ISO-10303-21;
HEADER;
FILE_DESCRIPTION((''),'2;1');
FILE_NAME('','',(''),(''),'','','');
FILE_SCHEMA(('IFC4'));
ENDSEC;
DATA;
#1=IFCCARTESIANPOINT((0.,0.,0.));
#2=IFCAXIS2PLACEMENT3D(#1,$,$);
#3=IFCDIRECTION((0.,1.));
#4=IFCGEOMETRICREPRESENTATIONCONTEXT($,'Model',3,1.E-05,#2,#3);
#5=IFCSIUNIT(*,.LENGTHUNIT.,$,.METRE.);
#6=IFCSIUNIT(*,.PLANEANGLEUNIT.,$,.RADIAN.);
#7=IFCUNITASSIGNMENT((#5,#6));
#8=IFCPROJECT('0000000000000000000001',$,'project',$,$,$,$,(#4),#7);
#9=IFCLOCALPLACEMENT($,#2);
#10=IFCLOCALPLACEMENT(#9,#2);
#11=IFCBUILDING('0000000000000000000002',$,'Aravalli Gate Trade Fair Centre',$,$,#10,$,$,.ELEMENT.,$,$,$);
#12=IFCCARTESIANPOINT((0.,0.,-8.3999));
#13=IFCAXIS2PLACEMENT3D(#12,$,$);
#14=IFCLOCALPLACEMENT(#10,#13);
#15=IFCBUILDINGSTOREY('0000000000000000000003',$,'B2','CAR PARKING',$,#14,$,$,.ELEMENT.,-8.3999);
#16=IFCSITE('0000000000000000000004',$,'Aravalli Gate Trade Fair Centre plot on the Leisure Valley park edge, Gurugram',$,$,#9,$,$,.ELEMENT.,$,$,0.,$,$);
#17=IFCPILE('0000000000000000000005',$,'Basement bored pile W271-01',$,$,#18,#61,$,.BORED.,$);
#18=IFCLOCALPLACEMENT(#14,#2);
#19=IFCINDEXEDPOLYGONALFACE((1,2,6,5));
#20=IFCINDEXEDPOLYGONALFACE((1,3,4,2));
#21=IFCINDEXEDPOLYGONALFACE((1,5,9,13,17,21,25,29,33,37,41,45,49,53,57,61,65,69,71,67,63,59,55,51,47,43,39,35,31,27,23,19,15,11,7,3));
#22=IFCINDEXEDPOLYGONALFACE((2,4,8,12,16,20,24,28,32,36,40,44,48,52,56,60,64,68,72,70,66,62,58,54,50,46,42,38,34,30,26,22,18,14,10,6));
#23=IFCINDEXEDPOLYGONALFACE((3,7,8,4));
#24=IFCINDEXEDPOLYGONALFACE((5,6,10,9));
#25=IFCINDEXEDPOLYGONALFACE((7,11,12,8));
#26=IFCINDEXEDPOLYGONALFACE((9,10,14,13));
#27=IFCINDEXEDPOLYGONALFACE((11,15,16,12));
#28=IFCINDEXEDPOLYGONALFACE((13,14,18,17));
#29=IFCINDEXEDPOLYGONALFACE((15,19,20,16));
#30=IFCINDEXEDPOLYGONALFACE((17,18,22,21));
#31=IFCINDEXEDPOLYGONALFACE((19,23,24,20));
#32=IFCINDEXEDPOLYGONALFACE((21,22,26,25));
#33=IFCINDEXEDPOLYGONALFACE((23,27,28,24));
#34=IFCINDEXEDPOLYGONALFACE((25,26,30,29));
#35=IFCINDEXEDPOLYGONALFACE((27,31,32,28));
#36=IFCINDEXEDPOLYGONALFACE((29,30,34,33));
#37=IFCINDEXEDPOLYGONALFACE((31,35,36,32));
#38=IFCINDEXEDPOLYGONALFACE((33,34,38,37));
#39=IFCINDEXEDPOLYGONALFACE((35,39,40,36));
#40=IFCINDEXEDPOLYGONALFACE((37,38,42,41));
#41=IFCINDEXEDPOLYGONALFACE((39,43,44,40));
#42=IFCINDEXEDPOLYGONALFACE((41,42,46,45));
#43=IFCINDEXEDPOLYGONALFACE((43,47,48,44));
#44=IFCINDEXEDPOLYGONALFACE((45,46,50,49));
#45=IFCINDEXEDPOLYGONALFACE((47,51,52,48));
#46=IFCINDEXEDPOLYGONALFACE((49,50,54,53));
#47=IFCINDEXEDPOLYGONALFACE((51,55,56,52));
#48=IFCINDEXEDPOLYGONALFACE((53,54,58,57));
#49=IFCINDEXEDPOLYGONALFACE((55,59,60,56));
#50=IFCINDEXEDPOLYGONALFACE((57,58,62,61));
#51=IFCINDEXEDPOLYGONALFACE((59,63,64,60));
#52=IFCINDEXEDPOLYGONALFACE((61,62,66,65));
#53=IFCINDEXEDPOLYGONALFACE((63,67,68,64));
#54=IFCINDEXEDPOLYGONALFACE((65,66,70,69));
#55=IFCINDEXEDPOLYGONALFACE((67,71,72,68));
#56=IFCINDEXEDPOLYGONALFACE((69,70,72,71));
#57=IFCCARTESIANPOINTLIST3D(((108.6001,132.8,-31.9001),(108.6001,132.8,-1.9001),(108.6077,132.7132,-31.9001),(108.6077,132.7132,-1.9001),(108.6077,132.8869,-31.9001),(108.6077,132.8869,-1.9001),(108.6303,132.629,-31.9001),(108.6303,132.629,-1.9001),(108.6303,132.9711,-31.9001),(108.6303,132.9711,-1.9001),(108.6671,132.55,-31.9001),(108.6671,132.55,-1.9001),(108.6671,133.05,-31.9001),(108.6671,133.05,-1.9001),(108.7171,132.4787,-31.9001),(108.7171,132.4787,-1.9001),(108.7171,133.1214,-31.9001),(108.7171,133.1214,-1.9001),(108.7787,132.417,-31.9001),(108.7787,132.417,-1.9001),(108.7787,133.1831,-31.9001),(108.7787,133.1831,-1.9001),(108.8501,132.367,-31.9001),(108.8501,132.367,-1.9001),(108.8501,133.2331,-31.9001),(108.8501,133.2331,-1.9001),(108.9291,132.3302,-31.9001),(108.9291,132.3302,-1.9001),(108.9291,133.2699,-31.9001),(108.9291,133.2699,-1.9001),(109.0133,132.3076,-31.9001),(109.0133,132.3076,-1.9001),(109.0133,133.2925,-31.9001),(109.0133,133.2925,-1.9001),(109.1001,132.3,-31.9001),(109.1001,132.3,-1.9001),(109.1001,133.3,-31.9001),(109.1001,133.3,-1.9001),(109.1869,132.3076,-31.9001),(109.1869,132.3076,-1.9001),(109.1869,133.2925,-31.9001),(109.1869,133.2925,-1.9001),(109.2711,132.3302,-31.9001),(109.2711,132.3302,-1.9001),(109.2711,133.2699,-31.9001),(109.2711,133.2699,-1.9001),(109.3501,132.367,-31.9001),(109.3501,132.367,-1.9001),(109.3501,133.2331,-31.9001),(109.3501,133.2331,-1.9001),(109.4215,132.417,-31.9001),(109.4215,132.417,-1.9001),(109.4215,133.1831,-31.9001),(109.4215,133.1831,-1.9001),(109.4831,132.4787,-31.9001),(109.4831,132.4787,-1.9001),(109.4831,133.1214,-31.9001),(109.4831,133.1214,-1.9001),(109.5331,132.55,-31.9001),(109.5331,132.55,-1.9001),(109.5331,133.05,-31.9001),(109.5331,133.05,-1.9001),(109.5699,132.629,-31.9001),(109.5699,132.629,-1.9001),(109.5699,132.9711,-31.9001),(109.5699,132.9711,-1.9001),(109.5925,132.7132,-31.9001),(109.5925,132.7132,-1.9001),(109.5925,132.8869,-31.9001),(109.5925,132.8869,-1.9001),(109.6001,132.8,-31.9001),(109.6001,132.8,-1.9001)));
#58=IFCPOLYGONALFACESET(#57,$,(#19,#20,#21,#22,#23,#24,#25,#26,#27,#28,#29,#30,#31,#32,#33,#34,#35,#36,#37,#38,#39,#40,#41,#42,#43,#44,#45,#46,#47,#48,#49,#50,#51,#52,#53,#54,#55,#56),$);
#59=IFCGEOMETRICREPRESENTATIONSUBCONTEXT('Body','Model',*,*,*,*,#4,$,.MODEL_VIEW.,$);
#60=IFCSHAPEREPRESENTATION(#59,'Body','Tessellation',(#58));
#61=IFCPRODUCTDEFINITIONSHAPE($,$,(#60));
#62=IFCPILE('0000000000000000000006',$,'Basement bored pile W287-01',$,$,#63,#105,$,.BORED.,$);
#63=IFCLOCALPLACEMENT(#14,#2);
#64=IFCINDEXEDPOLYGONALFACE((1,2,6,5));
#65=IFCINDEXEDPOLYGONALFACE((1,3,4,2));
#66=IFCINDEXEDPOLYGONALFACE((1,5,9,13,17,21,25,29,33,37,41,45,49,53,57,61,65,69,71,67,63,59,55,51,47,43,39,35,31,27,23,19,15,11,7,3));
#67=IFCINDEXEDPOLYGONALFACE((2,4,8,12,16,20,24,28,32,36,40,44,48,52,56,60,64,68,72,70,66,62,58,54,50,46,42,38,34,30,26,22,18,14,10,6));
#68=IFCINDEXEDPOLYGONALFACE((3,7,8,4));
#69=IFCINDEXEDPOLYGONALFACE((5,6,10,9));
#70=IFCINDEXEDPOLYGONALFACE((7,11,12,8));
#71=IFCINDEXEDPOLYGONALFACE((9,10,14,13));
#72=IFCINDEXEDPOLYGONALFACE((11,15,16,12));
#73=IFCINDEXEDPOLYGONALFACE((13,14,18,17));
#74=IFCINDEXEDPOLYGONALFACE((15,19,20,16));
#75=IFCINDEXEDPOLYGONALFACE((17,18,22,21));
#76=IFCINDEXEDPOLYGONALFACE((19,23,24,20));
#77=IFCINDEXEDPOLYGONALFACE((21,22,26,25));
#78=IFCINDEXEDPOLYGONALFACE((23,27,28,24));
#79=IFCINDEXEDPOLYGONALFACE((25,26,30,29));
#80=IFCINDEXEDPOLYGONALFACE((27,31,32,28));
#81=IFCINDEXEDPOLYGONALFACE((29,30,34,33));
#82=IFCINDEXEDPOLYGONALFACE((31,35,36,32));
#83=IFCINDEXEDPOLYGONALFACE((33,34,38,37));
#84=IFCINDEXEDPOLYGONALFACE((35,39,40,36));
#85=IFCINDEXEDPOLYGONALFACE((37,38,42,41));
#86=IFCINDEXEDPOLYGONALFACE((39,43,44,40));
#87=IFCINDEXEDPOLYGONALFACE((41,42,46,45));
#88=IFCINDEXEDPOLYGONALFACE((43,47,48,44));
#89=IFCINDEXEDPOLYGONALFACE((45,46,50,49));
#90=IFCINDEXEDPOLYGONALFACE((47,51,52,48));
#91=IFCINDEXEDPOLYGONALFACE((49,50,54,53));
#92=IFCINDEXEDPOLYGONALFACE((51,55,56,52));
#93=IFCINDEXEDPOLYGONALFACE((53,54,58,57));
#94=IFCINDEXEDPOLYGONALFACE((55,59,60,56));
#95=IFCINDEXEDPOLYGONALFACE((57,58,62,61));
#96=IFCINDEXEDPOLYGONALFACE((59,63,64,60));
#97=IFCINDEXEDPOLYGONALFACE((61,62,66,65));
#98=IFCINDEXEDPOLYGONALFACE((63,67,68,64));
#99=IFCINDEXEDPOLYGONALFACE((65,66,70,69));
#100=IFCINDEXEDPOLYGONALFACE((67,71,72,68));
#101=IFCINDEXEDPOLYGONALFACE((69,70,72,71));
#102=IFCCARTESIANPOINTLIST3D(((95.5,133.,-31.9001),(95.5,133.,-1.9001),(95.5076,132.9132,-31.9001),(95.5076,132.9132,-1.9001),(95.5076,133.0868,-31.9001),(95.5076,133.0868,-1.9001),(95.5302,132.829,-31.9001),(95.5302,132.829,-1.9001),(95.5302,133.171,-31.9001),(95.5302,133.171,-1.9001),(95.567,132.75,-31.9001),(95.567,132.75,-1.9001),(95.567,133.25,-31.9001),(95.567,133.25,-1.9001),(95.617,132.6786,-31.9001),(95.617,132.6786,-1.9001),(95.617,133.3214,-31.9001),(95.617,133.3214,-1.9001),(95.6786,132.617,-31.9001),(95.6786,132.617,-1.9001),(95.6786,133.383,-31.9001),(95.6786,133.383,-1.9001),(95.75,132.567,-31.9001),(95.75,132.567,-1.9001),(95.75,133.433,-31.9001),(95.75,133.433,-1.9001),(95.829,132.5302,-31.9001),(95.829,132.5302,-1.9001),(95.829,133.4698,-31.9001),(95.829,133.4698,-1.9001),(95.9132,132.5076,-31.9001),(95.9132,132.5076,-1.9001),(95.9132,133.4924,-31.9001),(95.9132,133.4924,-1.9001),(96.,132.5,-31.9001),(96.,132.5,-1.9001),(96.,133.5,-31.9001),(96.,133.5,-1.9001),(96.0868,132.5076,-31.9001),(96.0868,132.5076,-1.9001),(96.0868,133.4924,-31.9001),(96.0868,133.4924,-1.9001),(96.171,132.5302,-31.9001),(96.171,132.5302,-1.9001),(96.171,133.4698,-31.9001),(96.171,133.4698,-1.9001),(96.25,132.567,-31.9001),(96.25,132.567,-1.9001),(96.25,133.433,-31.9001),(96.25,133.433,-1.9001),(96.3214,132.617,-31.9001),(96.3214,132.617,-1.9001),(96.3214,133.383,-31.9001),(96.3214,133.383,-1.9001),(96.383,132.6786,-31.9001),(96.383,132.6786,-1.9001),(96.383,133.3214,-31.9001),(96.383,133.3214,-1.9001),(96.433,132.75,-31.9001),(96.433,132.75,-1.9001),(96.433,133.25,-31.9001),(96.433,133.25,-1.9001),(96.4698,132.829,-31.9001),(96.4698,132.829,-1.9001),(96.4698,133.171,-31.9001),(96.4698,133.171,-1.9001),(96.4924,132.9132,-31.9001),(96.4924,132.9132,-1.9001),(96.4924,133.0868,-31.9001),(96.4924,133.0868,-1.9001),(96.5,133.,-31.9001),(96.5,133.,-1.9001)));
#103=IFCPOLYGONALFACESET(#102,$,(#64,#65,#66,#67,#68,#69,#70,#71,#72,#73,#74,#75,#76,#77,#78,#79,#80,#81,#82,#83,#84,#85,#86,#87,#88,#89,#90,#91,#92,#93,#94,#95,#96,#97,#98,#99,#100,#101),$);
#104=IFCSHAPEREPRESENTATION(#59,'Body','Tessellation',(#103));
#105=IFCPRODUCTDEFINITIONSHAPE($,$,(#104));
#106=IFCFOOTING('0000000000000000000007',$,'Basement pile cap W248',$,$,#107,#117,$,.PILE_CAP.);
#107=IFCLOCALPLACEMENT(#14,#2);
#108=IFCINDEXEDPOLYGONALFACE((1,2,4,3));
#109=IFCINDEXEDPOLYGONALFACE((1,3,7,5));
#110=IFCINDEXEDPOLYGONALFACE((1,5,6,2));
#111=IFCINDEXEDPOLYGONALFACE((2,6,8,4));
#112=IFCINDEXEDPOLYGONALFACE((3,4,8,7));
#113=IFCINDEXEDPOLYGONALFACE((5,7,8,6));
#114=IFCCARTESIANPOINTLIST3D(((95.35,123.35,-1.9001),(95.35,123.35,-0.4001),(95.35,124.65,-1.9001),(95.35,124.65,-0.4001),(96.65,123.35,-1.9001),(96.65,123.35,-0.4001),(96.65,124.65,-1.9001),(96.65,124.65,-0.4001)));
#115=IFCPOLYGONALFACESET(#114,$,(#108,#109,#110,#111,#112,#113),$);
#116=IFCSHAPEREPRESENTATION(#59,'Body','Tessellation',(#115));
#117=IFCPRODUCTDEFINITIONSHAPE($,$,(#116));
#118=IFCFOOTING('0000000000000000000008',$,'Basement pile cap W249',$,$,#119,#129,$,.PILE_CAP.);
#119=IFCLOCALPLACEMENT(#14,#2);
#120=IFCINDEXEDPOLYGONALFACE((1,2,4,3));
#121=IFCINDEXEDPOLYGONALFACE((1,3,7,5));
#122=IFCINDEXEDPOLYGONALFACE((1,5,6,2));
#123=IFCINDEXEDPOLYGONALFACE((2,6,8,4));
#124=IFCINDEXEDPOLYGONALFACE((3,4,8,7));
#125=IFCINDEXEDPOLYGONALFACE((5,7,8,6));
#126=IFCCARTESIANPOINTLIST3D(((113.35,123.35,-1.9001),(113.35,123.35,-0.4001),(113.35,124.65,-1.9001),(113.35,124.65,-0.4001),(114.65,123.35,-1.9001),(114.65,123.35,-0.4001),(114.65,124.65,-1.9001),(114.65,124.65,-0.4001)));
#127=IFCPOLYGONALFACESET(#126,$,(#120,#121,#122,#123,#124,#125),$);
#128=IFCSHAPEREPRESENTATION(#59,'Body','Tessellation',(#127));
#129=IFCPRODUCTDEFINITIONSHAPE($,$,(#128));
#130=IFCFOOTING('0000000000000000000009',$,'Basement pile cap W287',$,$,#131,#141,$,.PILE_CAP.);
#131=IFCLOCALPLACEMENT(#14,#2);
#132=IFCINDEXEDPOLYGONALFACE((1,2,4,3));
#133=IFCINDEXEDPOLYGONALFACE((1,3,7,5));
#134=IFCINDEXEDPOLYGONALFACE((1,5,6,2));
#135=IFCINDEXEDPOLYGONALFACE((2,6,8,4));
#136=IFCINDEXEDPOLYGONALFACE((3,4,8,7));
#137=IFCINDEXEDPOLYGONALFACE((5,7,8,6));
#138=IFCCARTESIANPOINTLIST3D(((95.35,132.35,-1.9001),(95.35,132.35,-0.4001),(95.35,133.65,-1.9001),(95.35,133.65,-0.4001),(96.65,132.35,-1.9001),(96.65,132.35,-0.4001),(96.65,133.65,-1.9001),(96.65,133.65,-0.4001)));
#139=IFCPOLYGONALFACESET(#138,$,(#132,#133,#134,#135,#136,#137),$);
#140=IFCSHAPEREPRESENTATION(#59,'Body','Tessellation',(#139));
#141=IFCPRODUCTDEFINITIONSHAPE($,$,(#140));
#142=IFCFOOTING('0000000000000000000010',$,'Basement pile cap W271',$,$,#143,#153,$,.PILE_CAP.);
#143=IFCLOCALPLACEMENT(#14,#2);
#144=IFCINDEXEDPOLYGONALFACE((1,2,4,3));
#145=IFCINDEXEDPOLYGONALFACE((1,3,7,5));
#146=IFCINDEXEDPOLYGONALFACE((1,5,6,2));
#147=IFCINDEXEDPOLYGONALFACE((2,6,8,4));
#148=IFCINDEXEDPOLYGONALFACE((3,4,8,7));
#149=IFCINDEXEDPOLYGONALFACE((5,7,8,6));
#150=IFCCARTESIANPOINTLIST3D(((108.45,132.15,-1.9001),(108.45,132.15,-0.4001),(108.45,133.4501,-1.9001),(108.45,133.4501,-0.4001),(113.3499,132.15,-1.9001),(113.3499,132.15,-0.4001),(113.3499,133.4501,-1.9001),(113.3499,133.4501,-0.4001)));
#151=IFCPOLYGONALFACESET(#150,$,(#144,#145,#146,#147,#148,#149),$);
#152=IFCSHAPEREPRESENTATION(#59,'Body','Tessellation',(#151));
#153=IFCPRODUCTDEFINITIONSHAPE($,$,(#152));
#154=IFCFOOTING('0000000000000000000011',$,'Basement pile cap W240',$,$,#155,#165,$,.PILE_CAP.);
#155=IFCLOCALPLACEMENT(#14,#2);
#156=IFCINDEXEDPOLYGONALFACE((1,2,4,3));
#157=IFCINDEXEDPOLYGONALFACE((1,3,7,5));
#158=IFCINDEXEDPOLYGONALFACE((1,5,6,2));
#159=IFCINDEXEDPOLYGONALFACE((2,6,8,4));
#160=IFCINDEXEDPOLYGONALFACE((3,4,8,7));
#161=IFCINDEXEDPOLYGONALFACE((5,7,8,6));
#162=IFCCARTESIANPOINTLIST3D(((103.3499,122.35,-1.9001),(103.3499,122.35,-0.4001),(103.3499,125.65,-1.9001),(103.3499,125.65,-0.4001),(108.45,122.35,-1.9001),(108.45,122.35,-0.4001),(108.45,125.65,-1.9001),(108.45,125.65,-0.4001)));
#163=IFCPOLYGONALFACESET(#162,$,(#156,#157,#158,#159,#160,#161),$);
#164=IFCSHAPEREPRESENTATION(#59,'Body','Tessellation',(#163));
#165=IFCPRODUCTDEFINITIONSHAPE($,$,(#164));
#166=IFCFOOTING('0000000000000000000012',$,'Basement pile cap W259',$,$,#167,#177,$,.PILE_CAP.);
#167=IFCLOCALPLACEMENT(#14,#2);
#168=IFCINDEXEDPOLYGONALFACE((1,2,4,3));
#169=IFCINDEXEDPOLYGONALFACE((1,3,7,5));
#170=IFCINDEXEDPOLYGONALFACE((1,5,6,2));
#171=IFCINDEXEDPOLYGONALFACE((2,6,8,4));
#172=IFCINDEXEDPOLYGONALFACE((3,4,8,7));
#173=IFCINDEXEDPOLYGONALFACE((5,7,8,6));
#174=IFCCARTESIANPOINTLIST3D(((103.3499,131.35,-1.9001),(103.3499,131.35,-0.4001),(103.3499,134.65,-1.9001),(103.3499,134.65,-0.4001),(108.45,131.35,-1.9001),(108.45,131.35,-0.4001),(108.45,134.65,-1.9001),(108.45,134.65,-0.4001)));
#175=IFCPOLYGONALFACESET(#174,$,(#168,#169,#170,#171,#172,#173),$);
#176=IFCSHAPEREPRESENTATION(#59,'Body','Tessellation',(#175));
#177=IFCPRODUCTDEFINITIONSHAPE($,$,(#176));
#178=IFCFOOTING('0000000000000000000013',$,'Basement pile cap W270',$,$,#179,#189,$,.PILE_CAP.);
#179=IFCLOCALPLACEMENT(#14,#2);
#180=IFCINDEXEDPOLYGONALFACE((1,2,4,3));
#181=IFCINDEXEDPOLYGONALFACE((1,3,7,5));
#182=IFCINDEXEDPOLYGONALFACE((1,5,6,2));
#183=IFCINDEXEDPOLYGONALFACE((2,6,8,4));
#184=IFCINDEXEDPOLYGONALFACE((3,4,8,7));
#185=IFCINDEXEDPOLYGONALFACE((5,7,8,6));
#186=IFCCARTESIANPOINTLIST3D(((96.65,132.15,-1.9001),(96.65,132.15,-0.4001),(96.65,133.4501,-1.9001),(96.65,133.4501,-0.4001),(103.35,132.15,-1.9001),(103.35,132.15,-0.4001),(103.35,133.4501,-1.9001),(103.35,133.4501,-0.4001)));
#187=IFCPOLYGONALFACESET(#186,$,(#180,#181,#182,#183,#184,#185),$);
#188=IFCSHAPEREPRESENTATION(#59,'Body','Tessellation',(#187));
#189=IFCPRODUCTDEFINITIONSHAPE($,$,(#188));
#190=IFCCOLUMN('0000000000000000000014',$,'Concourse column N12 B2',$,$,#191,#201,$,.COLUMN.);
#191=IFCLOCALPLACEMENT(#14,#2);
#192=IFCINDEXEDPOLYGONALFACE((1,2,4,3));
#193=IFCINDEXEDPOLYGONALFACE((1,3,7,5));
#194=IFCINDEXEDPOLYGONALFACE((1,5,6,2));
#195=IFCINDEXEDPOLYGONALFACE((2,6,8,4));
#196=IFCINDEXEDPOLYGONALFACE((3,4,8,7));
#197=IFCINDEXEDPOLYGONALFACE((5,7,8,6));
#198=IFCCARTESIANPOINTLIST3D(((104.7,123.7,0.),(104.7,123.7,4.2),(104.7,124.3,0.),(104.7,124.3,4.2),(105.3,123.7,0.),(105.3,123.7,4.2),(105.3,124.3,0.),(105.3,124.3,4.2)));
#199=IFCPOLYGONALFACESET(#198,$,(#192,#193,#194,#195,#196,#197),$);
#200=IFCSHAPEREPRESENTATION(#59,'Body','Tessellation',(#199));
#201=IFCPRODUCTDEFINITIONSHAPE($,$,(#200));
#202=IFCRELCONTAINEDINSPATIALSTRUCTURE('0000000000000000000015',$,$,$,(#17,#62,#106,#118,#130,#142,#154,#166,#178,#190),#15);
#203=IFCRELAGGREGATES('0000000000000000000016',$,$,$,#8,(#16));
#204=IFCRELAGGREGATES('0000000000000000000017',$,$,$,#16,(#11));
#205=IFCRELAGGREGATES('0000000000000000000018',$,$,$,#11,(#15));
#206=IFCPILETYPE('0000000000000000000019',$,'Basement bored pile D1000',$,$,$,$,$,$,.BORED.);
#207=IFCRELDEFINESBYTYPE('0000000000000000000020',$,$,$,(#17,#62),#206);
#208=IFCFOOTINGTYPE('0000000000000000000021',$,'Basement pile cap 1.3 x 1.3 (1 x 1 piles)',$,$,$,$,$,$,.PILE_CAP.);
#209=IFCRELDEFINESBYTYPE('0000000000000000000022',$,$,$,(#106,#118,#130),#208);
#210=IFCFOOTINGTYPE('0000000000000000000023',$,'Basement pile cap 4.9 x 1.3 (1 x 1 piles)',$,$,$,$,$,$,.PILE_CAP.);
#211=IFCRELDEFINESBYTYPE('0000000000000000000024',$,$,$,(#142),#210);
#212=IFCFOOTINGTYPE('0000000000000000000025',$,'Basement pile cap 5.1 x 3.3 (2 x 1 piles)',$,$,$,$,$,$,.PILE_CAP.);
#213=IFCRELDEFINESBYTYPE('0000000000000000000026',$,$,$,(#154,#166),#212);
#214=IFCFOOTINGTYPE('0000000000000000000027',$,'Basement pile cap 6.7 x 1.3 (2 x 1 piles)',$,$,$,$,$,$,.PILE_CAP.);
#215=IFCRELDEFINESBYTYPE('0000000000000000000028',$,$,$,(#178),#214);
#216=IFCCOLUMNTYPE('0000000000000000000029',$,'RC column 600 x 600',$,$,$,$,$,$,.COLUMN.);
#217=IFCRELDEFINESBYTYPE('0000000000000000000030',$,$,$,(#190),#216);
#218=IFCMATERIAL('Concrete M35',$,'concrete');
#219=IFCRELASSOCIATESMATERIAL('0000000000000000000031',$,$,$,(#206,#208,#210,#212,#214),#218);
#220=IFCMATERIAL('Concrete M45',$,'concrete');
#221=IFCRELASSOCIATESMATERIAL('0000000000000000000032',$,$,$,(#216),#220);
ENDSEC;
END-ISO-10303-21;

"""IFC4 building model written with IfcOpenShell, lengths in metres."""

from ifc_helpers import new_model, si_unit, direction, frame, origin, origin_2d, place, context, subcontext, project, spatial, rectangle, circle, extrude, material, material_profile, profile_set, type_object, element, save


model = new_model("IFC4")

# Units and contexts
model_context = context("Model", 3, precision=1e-05, world=origin(), true_north=direction((0.0, 1.0)))
body_context = subcontext(model_context, "Body", "Model", "MODEL_VIEW")
ifc_project = project(units=[si_unit("LENGTHUNIT", "METRE"), si_unit("PLANEANGLEUNIT", "RADIAN")], contexts=[model_context])

# Site, building, storey
site_placement = place(None, origin())
site = spatial("IfcSite", under=ifc_project, at=site_placement, Name="Aravalli Gate Trade Fair Centre plot on the Leisure Valley park edge, Gurugram", CompositionType="ELEMENT", RefElevation=0.0)
building_placement = place(site_placement, origin())
building = spatial("IfcBuilding", under=site, at=building_placement, Name="Aravalli Gate Trade Fair Centre", CompositionType="ELEMENT")
storey_placement = place(building_placement, frame((0.0, 0.0, -8.3999)))
storey = spatial("IfcBuildingStorey", under=building, at=storey_placement, Name="B2", Description="CAR PARKING", CompositionType="ELEMENT", Elevation=-8.3999)

# Piles
ifc_material_1 = material(Name="Concrete M35", Category="concrete")
ifc_material_profile_1 = material_profile(ifc_material_1, circle(Radius=0.5, at=origin_2d()), Name="D1000")
ifc_profile_set_1 = profile_set([ifc_material_profile_1], Name="Concrete M35")
pile_type = type_object("IfcPileType", Name="Basement bored pile D1000", PredefinedType="BORED", material=ifc_profile_set_1)
for number, where, z_axis, x_axis, name in (
    (1, (109.1001, 132.8, -1.9001), (0.0, 0.0, -1.0), (1.0, 0.0, 0.0), "Basement bored pile W271-01"),
    (2, (96.0, 133.0, -1.9001), (0.0, 0.0, -1.0), (1.0, 0.0, 0.0), "Basement bored pile W287-01"),
):
    element("IfcPile", number, at=place(storey_placement, frame(where, z_axis=z_axis, x_axis=x_axis)), inside=storey, type_object=pile_type, Name=name, PredefinedType="BORED", context=body_context, shape_type="SweptSolid", body=[
        extrude(circle(Radius=0.5, at=origin_2d()), origin(), (0.0, 0.0, 1.0), 30.0),
    ])

# Footings
footing_type_1 = type_object("IfcFootingType", Name="Basement pile cap 1.3 x 1.3 (1 x 1 piles)", PredefinedType="PILE_CAP", material=ifc_material_1)
for number, where, z_axis, x_axis, name in (
    (3, (96.0, 124.0, -1.9001), (0.0, 0.0, 1.0), (1.0, 0.0, 0.0), "Basement pile cap W248"),
    (4, (114.0, 124.0, -1.9001), (0.0, 0.0, 1.0), (1.0, 0.0, 0.0), "Basement pile cap W249"),
    (5, (96.0, 133.0, -1.9001), (0.0, 0.0, 1.0), (1.0, 0.0, 0.0), "Basement pile cap W287"),
):
    element("IfcFooting", number, at=place(storey_placement, frame(where, z_axis=z_axis, x_axis=x_axis)), inside=storey, type_object=footing_type_1, Name=name, PredefinedType="PILE_CAP", context=body_context, shape_type="SweptSolid", body=[
        extrude(rectangle(XDim=1.3, YDim=1.3, at=origin_2d()), origin(), (0.0, 0.0, 1.0), 1.5),
    ])
footing_type_2 = type_object("IfcFootingType", Name="Basement pile cap 4.9 x 1.3 (1 x 1 piles)", PredefinedType="PILE_CAP", material=ifc_material_1)
footing_1_placement = place(storey_placement, frame((110.8999, 132.8, -1.9001), z_axis=(0.0, 0.0, 1.0), x_axis=(1.0, 0.0, 0.0)))
element("IfcFooting", 6, at=footing_1_placement, inside=storey, type_object=footing_type_2, Name="Basement pile cap W271", PredefinedType="PILE_CAP", context=body_context, shape_type="SweptSolid", body=[
    extrude(rectangle(XDim=4.8999, YDim=1.3, at=origin_2d()), origin(), (0.0, 0.0, 1.0), 1.5),
])
footing_type_3 = type_object("IfcFootingType", Name="Basement pile cap 5.1 x 3.3 (2 x 1 piles)", PredefinedType="PILE_CAP", material=ifc_material_1)
for number, where, z_axis, x_axis, name in (
    (7, (105.8999, 124.0, -1.9001), (0.0, 0.0, 1.0), (1.0, 0.0, 0.0), "Basement pile cap W240"),
    (8, (105.8999, 133.0, -1.9001), (0.0, 0.0, 1.0), (1.0, 0.0, 0.0), "Basement pile cap W259"),
):
    element("IfcFooting", number, at=place(storey_placement, frame(where, z_axis=z_axis, x_axis=x_axis)), inside=storey, type_object=footing_type_3, Name=name, PredefinedType="PILE_CAP", context=body_context, shape_type="SweptSolid", body=[
        extrude(rectangle(XDim=5.1001, YDim=3.3, at=origin_2d()), origin(), (0.0, 0.0, 1.0), 1.5),
    ])
footing_type_4 = type_object("IfcFootingType", Name="Basement pile cap 6.7 x 1.3 (2 x 1 piles)", PredefinedType="PILE_CAP", material=ifc_material_1)
footing_2_placement = place(storey_placement, frame((100.0, 132.8, -1.9001), z_axis=(0.0, 0.0, 1.0), x_axis=(1.0, 0.0, 0.0)))
element("IfcFooting", 9, at=footing_2_placement, inside=storey, type_object=footing_type_4, Name="Basement pile cap W270", PredefinedType="PILE_CAP", context=body_context, shape_type="SweptSolid", body=[
    extrude(rectangle(XDim=6.7, YDim=1.3, at=origin_2d()), origin(), (0.0, 0.0, 1.0), 1.5),
])

# Column
ifc_material_2 = material(Name="Concrete M45", Category="concrete")
ifc_material_profile_2 = material_profile(ifc_material_2, rectangle(XDim=0.6001, YDim=0.6001, at=origin_2d()), Name="RC column 600 x 600")
ifc_profile_set_2 = profile_set([ifc_material_profile_2], Name="Concrete M45")
column_type_1 = type_object("IfcColumnType", Name="RC column 600 x 600", PredefinedType="COLUMN", material=ifc_profile_set_2)
for number, where, z_axis, x_axis, name in (
    (10, (105.0, 124.0, 0.0), (0.0, 0.0, 1.0), (1.0, 0.0, 0.0), "Concourse column N12 B2"),
):
    element("IfcColumn", number, at=place(storey_placement, frame(where, z_axis=z_axis, x_axis=x_axis)), inside=storey, type_object=column_type_1, Name=name, PredefinedType="COLUMN", context=body_context, shape_type="SweptSolid", body=[
        extrude(rectangle(XDim=0.6001, YDim=0.6001, at=origin_2d()), origin(), (0.0, 0.0, 1.0), 4.2),
    ])

save(model, "model.ifc")
